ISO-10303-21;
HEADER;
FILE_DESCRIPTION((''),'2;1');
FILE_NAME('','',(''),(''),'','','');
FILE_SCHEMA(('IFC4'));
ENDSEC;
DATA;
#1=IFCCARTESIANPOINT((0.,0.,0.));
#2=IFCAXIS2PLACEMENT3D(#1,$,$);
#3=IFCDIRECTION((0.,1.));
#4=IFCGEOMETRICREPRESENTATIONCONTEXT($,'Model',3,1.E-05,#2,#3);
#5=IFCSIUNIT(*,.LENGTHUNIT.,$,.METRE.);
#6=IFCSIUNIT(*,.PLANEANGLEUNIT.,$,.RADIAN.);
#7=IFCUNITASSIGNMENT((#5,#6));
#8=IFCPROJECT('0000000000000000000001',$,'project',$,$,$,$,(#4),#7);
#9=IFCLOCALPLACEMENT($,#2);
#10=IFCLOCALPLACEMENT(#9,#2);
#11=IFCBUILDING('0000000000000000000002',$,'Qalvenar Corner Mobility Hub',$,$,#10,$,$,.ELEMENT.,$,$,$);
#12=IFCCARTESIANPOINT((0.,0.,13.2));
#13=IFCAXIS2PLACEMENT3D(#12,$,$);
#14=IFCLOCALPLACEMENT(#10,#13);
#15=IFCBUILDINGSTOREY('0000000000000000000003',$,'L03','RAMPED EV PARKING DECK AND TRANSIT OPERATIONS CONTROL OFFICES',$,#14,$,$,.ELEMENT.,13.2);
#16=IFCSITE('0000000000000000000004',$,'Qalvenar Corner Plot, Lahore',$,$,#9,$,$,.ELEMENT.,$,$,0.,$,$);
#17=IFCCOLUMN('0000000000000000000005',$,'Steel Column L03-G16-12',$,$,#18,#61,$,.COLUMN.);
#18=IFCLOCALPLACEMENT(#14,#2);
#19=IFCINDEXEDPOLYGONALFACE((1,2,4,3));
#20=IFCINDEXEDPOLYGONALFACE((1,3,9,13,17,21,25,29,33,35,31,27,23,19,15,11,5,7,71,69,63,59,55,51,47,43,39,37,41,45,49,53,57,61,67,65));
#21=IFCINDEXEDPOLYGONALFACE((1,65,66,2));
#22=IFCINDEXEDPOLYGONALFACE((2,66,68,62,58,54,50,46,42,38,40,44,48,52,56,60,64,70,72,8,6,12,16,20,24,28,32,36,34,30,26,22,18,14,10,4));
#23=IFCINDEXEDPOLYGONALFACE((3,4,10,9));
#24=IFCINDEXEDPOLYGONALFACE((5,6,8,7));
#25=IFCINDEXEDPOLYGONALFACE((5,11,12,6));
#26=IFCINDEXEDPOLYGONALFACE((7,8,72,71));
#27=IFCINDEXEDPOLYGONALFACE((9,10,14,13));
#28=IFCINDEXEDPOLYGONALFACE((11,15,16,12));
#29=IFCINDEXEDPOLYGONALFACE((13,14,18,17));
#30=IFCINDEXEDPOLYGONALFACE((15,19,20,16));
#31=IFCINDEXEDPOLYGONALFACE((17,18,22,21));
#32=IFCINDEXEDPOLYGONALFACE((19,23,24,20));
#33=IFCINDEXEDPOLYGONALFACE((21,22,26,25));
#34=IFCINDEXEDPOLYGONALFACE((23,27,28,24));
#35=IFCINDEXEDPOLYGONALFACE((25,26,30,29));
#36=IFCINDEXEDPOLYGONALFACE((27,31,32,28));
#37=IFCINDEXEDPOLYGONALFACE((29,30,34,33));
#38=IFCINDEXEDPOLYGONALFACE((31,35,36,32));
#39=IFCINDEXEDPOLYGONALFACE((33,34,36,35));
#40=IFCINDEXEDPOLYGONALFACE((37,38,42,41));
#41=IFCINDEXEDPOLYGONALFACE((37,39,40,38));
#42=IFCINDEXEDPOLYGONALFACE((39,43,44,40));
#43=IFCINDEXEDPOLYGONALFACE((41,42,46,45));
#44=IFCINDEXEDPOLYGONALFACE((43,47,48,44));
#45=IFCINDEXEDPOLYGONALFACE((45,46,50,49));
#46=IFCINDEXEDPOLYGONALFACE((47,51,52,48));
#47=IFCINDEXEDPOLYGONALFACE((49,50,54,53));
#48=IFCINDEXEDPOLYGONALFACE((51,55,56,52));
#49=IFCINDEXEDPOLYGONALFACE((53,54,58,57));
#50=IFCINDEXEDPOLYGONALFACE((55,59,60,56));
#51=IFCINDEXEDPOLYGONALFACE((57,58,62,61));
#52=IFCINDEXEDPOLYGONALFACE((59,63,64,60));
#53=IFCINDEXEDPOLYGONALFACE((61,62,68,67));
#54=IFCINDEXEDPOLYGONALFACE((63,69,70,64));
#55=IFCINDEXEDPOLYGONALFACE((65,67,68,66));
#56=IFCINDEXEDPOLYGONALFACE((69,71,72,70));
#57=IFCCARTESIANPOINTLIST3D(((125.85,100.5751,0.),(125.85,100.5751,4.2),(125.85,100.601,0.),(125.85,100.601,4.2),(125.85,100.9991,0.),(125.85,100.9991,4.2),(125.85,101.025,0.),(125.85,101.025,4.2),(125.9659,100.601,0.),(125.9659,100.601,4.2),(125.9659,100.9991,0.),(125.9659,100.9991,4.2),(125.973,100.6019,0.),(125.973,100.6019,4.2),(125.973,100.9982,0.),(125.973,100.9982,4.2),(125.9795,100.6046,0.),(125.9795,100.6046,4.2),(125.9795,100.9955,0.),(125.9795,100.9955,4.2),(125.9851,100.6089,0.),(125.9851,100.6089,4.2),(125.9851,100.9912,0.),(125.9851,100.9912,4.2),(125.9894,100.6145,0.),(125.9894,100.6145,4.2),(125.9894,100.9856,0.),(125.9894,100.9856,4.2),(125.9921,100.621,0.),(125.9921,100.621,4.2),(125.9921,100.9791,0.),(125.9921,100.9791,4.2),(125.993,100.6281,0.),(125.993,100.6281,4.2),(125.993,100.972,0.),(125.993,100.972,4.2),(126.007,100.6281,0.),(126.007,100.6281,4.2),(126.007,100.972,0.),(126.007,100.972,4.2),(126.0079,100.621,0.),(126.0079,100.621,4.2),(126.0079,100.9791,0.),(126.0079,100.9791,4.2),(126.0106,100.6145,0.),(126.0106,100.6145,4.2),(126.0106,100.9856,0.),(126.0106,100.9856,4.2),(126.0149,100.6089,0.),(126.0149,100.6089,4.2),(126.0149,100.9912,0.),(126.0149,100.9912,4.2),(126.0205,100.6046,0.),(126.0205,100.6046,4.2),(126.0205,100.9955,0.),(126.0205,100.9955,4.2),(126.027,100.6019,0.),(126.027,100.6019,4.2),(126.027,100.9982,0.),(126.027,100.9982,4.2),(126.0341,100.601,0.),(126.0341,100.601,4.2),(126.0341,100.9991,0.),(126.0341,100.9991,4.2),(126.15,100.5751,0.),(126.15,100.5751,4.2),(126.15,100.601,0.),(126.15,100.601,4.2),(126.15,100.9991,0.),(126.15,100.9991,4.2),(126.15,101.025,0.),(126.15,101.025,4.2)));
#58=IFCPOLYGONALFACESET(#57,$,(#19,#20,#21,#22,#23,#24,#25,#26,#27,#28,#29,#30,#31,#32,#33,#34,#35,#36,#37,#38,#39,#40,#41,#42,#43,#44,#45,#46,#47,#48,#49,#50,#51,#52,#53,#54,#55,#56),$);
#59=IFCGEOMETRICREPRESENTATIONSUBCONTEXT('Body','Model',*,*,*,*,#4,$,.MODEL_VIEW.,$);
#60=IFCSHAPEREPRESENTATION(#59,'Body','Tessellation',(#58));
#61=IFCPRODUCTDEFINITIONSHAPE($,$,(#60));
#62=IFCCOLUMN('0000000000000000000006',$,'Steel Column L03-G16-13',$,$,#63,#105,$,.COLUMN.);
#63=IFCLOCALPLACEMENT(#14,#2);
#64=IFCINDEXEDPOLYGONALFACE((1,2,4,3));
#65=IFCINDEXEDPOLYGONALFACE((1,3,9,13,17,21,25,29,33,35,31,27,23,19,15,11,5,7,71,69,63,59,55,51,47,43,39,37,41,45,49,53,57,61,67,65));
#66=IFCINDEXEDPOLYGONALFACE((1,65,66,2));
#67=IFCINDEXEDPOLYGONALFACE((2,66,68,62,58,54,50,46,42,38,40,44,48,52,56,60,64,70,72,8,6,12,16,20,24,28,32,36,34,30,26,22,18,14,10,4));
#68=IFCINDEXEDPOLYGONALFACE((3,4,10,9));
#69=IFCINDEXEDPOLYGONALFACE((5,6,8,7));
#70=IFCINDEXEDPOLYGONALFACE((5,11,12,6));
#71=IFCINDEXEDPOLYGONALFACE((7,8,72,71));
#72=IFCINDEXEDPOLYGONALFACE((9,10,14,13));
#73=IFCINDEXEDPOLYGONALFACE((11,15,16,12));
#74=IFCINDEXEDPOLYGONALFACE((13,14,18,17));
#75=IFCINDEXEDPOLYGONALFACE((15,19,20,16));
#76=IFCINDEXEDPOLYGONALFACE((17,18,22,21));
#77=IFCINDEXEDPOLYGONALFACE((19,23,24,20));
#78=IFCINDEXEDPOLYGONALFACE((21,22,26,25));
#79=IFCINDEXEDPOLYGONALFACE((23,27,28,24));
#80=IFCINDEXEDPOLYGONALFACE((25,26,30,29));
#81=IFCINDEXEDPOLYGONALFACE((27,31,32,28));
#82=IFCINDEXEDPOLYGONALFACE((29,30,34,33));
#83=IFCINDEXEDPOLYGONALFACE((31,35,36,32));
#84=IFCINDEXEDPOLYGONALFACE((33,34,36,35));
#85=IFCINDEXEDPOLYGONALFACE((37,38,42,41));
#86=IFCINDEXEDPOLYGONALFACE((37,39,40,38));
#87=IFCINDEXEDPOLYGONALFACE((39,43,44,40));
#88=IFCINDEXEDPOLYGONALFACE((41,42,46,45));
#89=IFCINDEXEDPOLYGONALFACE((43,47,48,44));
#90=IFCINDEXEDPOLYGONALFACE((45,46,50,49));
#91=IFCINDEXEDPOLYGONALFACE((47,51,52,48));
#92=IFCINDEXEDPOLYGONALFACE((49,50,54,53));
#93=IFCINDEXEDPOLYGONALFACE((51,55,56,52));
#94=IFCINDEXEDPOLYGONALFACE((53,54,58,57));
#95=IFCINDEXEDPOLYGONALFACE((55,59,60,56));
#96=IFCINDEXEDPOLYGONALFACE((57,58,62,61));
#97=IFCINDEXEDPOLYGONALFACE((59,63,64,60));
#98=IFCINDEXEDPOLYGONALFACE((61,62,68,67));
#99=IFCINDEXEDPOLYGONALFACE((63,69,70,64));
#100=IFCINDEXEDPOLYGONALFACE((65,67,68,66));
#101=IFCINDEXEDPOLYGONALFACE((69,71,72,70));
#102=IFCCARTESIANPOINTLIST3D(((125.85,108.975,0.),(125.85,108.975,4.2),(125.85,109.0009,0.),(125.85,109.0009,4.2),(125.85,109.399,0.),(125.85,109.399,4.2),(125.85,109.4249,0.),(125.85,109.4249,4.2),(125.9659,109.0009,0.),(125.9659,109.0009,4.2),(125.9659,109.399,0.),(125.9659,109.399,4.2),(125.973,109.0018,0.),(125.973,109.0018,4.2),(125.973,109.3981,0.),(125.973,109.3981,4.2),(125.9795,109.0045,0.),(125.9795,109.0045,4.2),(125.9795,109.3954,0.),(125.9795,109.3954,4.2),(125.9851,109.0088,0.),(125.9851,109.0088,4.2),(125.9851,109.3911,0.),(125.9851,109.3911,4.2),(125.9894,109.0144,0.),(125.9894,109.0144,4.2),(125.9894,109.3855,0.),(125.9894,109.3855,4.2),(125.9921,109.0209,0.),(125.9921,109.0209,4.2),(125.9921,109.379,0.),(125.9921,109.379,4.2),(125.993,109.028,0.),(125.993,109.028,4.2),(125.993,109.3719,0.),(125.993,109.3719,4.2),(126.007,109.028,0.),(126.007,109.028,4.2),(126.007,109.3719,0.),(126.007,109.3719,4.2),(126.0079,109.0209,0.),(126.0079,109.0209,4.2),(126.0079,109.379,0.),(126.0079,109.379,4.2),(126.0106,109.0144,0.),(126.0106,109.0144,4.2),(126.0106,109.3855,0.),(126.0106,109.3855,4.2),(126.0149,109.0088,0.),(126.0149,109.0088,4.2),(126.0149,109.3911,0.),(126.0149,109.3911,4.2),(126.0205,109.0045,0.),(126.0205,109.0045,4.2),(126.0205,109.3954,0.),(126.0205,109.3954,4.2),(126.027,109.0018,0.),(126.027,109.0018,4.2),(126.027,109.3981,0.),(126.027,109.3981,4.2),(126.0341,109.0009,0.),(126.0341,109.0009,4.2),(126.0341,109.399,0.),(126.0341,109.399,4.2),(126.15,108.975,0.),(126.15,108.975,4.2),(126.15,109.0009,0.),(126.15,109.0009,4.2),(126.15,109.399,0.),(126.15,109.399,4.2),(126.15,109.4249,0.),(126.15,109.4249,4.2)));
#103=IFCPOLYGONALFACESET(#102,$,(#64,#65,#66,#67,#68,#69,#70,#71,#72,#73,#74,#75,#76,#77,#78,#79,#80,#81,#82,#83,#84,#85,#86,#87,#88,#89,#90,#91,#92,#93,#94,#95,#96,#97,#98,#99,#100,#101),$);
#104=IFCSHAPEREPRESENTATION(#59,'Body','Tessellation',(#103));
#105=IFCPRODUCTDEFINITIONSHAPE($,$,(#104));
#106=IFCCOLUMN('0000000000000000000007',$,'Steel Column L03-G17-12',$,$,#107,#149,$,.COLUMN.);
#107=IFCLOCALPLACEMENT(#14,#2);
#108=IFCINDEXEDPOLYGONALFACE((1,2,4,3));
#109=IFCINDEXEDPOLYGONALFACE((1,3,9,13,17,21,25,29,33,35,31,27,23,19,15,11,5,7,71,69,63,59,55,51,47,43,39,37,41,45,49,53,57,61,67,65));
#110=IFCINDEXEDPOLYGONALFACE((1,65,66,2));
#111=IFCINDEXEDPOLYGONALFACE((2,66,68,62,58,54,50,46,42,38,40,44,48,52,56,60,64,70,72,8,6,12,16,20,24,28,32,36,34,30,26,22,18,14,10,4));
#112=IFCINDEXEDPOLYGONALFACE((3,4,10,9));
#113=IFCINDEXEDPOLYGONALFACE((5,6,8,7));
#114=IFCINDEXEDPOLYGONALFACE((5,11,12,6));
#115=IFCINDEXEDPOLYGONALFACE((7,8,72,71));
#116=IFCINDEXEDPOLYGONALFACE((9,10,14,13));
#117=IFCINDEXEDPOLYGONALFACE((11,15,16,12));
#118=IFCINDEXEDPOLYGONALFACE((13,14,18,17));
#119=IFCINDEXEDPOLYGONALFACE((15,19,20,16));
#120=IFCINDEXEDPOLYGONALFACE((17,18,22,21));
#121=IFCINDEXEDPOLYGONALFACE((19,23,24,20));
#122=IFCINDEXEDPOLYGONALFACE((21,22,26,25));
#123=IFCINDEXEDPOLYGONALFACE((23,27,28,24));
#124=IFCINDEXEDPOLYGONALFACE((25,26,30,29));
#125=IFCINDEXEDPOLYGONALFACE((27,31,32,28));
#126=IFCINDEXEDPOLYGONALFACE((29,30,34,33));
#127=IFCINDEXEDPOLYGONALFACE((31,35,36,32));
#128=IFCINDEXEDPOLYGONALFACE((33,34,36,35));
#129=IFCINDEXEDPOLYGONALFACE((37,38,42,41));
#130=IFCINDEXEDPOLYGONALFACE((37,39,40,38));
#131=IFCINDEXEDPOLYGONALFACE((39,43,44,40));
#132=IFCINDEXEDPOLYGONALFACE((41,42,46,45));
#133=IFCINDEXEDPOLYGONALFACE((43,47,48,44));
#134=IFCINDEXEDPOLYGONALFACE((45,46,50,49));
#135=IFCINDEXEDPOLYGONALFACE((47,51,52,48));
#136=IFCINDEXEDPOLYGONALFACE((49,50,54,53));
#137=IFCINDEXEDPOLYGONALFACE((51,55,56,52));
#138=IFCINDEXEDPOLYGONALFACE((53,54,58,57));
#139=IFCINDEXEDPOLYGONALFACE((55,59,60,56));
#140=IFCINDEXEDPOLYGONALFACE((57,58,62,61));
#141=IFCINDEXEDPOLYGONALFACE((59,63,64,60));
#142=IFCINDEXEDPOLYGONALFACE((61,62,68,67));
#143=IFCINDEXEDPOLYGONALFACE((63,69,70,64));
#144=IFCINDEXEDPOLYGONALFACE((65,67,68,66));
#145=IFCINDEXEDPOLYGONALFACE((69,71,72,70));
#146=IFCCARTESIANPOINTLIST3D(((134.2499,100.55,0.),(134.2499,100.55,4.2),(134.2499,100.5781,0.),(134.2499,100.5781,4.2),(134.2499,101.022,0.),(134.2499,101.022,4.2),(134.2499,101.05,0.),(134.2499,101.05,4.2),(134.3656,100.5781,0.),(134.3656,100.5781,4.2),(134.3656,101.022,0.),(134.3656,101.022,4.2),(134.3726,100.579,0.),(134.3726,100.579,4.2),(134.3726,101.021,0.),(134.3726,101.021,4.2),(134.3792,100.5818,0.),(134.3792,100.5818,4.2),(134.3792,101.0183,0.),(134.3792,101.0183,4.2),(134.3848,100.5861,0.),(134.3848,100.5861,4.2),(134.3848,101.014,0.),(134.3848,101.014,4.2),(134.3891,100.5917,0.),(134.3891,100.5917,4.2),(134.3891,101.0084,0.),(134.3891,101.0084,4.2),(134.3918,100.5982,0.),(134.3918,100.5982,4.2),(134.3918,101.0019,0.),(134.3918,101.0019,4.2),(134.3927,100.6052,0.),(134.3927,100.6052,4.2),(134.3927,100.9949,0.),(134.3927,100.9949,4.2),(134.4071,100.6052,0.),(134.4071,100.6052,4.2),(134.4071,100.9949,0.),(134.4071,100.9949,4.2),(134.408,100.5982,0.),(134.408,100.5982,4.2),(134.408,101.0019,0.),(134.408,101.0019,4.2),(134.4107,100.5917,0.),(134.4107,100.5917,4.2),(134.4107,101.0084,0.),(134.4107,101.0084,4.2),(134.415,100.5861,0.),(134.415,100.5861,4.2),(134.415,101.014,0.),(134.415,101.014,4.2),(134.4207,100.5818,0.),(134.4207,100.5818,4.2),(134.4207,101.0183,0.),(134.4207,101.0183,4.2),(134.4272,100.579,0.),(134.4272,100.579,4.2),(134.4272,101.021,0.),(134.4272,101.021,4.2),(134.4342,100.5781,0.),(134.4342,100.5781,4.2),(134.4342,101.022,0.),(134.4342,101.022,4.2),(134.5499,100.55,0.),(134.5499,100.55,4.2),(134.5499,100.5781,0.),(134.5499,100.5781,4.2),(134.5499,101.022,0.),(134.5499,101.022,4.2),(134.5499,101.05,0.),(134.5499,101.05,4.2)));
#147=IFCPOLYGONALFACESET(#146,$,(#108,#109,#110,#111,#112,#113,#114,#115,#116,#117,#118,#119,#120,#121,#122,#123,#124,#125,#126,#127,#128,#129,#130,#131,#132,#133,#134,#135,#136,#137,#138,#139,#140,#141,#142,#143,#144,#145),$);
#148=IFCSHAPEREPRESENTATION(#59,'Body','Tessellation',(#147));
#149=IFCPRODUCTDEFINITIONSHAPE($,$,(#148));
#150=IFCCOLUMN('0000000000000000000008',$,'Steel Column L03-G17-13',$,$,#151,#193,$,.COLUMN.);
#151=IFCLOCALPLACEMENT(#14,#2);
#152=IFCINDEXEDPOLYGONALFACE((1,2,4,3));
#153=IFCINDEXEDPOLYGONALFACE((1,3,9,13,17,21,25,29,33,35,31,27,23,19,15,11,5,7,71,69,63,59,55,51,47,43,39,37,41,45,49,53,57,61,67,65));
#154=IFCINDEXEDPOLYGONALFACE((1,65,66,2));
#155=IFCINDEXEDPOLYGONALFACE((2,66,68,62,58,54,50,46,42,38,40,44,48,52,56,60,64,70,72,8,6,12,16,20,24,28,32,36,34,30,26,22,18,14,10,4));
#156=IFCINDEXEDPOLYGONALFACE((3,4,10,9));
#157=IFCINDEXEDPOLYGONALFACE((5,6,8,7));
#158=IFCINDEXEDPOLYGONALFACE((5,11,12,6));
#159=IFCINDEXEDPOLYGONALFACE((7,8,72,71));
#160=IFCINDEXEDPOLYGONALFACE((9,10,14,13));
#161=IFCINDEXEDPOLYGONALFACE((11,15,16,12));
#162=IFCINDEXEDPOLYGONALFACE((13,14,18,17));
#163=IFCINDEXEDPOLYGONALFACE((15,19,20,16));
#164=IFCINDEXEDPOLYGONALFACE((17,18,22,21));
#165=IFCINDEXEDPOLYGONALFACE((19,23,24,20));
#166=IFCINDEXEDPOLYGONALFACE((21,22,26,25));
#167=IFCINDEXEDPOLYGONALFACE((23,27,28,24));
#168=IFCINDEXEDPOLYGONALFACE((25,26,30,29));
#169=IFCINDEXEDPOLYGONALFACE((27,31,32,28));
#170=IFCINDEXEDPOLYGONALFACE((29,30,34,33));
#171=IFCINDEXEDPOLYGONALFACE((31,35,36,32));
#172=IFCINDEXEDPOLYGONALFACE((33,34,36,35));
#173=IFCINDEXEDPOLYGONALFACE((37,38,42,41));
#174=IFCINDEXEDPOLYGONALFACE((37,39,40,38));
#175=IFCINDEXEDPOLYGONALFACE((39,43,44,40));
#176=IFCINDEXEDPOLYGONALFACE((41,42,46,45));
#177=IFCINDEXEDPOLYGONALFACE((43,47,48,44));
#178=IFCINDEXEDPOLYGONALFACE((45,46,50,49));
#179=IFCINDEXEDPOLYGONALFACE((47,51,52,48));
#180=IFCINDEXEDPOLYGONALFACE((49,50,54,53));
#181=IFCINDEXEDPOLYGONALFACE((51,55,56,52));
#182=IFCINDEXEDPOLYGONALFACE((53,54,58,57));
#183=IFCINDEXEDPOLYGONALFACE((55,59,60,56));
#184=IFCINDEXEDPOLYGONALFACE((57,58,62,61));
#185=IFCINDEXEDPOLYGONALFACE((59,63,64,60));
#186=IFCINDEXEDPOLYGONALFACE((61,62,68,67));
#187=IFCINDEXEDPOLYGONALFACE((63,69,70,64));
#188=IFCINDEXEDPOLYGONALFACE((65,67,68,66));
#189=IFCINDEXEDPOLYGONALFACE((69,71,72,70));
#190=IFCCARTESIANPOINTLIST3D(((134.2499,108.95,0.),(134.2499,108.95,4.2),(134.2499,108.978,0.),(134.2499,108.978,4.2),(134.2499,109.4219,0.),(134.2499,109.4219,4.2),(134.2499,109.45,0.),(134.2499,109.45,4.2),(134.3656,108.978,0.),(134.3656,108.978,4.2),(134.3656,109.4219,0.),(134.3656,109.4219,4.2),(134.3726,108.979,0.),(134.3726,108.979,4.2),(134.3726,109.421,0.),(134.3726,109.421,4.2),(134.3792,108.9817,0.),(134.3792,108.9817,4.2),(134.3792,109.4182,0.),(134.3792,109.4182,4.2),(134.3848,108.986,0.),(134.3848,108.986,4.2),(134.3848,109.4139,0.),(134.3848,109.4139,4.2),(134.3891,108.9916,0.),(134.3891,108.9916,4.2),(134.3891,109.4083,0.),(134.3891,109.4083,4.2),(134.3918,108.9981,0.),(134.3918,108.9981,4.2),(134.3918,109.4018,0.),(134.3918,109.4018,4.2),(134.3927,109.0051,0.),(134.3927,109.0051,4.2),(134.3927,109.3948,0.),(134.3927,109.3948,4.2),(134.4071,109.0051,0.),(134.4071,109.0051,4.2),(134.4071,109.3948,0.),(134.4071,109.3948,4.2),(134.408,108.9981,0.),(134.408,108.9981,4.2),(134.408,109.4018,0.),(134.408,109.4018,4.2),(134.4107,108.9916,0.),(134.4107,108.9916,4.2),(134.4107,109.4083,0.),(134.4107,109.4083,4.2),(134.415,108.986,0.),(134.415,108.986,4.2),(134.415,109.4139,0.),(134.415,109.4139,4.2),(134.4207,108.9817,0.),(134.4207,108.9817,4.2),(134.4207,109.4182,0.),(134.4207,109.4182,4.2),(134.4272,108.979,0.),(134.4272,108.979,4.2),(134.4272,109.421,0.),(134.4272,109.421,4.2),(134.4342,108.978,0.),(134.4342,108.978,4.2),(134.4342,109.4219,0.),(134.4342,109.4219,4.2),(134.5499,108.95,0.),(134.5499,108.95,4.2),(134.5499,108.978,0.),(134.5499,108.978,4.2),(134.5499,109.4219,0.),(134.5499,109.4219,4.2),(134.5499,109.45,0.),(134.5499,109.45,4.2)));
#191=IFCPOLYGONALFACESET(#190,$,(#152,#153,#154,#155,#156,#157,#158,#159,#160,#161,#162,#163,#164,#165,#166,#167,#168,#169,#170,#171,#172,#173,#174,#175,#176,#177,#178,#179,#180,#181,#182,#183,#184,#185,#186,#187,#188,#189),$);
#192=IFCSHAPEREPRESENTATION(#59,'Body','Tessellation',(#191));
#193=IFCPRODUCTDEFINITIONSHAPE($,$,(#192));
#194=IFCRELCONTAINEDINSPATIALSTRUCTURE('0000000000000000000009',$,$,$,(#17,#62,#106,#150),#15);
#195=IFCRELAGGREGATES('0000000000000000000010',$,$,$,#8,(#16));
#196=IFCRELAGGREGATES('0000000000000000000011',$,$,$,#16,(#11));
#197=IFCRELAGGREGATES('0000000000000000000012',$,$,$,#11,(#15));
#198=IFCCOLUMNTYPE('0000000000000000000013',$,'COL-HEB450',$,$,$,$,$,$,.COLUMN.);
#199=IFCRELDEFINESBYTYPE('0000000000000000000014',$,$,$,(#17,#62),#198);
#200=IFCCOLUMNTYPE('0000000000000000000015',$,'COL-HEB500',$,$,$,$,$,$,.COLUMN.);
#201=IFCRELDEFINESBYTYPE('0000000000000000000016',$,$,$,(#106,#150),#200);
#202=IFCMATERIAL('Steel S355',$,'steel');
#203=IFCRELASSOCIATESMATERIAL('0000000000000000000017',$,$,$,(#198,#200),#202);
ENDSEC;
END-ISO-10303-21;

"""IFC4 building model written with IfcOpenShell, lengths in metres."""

from ifc_helpers import new_model, si_unit, direction, frame, origin, origin_2d, place, context, subcontext, project, spatial, i_section, extrude, material, material_profile, profile_set, type_object, element, save


model = new_model("IFC4")

# Units and contexts
model_context = context("Model", 3, precision=1e-05, world=origin(), true_north=direction((0.0, 1.0)))
body_context = subcontext(model_context, "Body", "Model", "MODEL_VIEW")
ifc_project = project(units=[si_unit("LENGTHUNIT", "METRE"), si_unit("PLANEANGLEUNIT", "RADIAN")], contexts=[model_context])

# Site, building, storey
site_placement = place(None, origin())
site = spatial("IfcSite", under=ifc_project, at=site_placement, Name="Qalvenar Corner Plot, Lahore", CompositionType="ELEMENT", RefElevation=0.0)
building_placement = place(site_placement, origin())
building = spatial("IfcBuilding", under=site, at=building_placement, Name="Qalvenar Corner Mobility Hub", CompositionType="ELEMENT")
storey_placement = place(building_placement, frame((0.0, 0.0, 13.2)))
storey = spatial("IfcBuildingStorey", under=building, at=storey_placement, Name="L03", Description="RAMPED EV PARKING DECK AND TRANSIT OPERATIONS CONTROL OFFICES", CompositionType="ELEMENT", Elevation=13.2)

# Columns
ifc_material_1 = material(Name="Steel S355", Category="steel")
ifc_material_profile_1 = material_profile(ifc_material_1, i_section(OverallWidth=0.3, OverallDepth=0.45, WebThickness=0.0139, FlangeThickness=0.0259, FilletRadius=0.0271, at=origin_2d()), Name="HEB450")
ifc_profile_set_1 = profile_set([ifc_material_profile_1], Name="Steel S355")
column_type_1 = type_object("IfcColumnType", Name="COL-HEB450", PredefinedType="COLUMN", material=ifc_profile_set_1)
for number, where, z_axis, x_axis, name in (
    (1, (126.0, 100.8, 0.0), (0.0, 0.0, 1.0), (1.0, 0.0, 0.0), "Steel Column L03-G16-12"),
    (2, (126.0, 109.2, 0.0), (0.0, 0.0, 1.0), (1.0, 0.0, 0.0), "Steel Column L03-G16-13"),
):
    element("IfcColumn", number, at=place(storey_placement, frame(where, z_axis=z_axis, x_axis=x_axis)), inside=storey, type_object=column_type_1, Name=name, PredefinedType="COLUMN", context=body_context, shape_type="SweptSolid", body=[
        extrude(i_section(OverallWidth=0.3, OverallDepth=0.45, WebThickness=0.0139, FlangeThickness=0.0259, FilletRadius=0.0271, at=origin_2d()), origin(), (0.0, 0.0, 1.0), 4.2),
    ])
ifc_material_profile_2 = material_profile(ifc_material_1, i_section(OverallWidth=0.3, OverallDepth=0.5, WebThickness=0.0144, FlangeThickness=0.0281, FilletRadius=0.0271, at=origin_2d()), Name="HEB500")
ifc_profile_set_2 = profile_set([ifc_material_profile_2], Name="Steel S355")
column_type_2 = type_object("IfcColumnType", Name="COL-HEB500", PredefinedType="COLUMN", material=ifc_profile_set_2)
for number, where, z_axis, x_axis, name in (
    (3, (134.3999, 100.8, 0.0), (0.0, 0.0, 1.0), (1.0, 0.0, 0.0), "Steel Column L03-G17-12"),
    (4, (134.3999, 109.2, 0.0), (0.0, 0.0, 1.0), (1.0, 0.0, 0.0), "Steel Column L03-G17-13"),
):
    element("IfcColumn", number, at=place(storey_placement, frame(where, z_axis=z_axis, x_axis=x_axis)), inside=storey, type_object=column_type_2, Name=name, PredefinedType="COLUMN", context=body_context, shape_type="SweptSolid", body=[
        extrude(i_section(OverallWidth=0.3, OverallDepth=0.5, WebThickness=0.0144, FlangeThickness=0.0281, FilletRadius=0.0271, at=origin_2d()), origin(), (0.0, 0.0, 1.0), 4.2),
    ])

save(model, "model.ifc")
